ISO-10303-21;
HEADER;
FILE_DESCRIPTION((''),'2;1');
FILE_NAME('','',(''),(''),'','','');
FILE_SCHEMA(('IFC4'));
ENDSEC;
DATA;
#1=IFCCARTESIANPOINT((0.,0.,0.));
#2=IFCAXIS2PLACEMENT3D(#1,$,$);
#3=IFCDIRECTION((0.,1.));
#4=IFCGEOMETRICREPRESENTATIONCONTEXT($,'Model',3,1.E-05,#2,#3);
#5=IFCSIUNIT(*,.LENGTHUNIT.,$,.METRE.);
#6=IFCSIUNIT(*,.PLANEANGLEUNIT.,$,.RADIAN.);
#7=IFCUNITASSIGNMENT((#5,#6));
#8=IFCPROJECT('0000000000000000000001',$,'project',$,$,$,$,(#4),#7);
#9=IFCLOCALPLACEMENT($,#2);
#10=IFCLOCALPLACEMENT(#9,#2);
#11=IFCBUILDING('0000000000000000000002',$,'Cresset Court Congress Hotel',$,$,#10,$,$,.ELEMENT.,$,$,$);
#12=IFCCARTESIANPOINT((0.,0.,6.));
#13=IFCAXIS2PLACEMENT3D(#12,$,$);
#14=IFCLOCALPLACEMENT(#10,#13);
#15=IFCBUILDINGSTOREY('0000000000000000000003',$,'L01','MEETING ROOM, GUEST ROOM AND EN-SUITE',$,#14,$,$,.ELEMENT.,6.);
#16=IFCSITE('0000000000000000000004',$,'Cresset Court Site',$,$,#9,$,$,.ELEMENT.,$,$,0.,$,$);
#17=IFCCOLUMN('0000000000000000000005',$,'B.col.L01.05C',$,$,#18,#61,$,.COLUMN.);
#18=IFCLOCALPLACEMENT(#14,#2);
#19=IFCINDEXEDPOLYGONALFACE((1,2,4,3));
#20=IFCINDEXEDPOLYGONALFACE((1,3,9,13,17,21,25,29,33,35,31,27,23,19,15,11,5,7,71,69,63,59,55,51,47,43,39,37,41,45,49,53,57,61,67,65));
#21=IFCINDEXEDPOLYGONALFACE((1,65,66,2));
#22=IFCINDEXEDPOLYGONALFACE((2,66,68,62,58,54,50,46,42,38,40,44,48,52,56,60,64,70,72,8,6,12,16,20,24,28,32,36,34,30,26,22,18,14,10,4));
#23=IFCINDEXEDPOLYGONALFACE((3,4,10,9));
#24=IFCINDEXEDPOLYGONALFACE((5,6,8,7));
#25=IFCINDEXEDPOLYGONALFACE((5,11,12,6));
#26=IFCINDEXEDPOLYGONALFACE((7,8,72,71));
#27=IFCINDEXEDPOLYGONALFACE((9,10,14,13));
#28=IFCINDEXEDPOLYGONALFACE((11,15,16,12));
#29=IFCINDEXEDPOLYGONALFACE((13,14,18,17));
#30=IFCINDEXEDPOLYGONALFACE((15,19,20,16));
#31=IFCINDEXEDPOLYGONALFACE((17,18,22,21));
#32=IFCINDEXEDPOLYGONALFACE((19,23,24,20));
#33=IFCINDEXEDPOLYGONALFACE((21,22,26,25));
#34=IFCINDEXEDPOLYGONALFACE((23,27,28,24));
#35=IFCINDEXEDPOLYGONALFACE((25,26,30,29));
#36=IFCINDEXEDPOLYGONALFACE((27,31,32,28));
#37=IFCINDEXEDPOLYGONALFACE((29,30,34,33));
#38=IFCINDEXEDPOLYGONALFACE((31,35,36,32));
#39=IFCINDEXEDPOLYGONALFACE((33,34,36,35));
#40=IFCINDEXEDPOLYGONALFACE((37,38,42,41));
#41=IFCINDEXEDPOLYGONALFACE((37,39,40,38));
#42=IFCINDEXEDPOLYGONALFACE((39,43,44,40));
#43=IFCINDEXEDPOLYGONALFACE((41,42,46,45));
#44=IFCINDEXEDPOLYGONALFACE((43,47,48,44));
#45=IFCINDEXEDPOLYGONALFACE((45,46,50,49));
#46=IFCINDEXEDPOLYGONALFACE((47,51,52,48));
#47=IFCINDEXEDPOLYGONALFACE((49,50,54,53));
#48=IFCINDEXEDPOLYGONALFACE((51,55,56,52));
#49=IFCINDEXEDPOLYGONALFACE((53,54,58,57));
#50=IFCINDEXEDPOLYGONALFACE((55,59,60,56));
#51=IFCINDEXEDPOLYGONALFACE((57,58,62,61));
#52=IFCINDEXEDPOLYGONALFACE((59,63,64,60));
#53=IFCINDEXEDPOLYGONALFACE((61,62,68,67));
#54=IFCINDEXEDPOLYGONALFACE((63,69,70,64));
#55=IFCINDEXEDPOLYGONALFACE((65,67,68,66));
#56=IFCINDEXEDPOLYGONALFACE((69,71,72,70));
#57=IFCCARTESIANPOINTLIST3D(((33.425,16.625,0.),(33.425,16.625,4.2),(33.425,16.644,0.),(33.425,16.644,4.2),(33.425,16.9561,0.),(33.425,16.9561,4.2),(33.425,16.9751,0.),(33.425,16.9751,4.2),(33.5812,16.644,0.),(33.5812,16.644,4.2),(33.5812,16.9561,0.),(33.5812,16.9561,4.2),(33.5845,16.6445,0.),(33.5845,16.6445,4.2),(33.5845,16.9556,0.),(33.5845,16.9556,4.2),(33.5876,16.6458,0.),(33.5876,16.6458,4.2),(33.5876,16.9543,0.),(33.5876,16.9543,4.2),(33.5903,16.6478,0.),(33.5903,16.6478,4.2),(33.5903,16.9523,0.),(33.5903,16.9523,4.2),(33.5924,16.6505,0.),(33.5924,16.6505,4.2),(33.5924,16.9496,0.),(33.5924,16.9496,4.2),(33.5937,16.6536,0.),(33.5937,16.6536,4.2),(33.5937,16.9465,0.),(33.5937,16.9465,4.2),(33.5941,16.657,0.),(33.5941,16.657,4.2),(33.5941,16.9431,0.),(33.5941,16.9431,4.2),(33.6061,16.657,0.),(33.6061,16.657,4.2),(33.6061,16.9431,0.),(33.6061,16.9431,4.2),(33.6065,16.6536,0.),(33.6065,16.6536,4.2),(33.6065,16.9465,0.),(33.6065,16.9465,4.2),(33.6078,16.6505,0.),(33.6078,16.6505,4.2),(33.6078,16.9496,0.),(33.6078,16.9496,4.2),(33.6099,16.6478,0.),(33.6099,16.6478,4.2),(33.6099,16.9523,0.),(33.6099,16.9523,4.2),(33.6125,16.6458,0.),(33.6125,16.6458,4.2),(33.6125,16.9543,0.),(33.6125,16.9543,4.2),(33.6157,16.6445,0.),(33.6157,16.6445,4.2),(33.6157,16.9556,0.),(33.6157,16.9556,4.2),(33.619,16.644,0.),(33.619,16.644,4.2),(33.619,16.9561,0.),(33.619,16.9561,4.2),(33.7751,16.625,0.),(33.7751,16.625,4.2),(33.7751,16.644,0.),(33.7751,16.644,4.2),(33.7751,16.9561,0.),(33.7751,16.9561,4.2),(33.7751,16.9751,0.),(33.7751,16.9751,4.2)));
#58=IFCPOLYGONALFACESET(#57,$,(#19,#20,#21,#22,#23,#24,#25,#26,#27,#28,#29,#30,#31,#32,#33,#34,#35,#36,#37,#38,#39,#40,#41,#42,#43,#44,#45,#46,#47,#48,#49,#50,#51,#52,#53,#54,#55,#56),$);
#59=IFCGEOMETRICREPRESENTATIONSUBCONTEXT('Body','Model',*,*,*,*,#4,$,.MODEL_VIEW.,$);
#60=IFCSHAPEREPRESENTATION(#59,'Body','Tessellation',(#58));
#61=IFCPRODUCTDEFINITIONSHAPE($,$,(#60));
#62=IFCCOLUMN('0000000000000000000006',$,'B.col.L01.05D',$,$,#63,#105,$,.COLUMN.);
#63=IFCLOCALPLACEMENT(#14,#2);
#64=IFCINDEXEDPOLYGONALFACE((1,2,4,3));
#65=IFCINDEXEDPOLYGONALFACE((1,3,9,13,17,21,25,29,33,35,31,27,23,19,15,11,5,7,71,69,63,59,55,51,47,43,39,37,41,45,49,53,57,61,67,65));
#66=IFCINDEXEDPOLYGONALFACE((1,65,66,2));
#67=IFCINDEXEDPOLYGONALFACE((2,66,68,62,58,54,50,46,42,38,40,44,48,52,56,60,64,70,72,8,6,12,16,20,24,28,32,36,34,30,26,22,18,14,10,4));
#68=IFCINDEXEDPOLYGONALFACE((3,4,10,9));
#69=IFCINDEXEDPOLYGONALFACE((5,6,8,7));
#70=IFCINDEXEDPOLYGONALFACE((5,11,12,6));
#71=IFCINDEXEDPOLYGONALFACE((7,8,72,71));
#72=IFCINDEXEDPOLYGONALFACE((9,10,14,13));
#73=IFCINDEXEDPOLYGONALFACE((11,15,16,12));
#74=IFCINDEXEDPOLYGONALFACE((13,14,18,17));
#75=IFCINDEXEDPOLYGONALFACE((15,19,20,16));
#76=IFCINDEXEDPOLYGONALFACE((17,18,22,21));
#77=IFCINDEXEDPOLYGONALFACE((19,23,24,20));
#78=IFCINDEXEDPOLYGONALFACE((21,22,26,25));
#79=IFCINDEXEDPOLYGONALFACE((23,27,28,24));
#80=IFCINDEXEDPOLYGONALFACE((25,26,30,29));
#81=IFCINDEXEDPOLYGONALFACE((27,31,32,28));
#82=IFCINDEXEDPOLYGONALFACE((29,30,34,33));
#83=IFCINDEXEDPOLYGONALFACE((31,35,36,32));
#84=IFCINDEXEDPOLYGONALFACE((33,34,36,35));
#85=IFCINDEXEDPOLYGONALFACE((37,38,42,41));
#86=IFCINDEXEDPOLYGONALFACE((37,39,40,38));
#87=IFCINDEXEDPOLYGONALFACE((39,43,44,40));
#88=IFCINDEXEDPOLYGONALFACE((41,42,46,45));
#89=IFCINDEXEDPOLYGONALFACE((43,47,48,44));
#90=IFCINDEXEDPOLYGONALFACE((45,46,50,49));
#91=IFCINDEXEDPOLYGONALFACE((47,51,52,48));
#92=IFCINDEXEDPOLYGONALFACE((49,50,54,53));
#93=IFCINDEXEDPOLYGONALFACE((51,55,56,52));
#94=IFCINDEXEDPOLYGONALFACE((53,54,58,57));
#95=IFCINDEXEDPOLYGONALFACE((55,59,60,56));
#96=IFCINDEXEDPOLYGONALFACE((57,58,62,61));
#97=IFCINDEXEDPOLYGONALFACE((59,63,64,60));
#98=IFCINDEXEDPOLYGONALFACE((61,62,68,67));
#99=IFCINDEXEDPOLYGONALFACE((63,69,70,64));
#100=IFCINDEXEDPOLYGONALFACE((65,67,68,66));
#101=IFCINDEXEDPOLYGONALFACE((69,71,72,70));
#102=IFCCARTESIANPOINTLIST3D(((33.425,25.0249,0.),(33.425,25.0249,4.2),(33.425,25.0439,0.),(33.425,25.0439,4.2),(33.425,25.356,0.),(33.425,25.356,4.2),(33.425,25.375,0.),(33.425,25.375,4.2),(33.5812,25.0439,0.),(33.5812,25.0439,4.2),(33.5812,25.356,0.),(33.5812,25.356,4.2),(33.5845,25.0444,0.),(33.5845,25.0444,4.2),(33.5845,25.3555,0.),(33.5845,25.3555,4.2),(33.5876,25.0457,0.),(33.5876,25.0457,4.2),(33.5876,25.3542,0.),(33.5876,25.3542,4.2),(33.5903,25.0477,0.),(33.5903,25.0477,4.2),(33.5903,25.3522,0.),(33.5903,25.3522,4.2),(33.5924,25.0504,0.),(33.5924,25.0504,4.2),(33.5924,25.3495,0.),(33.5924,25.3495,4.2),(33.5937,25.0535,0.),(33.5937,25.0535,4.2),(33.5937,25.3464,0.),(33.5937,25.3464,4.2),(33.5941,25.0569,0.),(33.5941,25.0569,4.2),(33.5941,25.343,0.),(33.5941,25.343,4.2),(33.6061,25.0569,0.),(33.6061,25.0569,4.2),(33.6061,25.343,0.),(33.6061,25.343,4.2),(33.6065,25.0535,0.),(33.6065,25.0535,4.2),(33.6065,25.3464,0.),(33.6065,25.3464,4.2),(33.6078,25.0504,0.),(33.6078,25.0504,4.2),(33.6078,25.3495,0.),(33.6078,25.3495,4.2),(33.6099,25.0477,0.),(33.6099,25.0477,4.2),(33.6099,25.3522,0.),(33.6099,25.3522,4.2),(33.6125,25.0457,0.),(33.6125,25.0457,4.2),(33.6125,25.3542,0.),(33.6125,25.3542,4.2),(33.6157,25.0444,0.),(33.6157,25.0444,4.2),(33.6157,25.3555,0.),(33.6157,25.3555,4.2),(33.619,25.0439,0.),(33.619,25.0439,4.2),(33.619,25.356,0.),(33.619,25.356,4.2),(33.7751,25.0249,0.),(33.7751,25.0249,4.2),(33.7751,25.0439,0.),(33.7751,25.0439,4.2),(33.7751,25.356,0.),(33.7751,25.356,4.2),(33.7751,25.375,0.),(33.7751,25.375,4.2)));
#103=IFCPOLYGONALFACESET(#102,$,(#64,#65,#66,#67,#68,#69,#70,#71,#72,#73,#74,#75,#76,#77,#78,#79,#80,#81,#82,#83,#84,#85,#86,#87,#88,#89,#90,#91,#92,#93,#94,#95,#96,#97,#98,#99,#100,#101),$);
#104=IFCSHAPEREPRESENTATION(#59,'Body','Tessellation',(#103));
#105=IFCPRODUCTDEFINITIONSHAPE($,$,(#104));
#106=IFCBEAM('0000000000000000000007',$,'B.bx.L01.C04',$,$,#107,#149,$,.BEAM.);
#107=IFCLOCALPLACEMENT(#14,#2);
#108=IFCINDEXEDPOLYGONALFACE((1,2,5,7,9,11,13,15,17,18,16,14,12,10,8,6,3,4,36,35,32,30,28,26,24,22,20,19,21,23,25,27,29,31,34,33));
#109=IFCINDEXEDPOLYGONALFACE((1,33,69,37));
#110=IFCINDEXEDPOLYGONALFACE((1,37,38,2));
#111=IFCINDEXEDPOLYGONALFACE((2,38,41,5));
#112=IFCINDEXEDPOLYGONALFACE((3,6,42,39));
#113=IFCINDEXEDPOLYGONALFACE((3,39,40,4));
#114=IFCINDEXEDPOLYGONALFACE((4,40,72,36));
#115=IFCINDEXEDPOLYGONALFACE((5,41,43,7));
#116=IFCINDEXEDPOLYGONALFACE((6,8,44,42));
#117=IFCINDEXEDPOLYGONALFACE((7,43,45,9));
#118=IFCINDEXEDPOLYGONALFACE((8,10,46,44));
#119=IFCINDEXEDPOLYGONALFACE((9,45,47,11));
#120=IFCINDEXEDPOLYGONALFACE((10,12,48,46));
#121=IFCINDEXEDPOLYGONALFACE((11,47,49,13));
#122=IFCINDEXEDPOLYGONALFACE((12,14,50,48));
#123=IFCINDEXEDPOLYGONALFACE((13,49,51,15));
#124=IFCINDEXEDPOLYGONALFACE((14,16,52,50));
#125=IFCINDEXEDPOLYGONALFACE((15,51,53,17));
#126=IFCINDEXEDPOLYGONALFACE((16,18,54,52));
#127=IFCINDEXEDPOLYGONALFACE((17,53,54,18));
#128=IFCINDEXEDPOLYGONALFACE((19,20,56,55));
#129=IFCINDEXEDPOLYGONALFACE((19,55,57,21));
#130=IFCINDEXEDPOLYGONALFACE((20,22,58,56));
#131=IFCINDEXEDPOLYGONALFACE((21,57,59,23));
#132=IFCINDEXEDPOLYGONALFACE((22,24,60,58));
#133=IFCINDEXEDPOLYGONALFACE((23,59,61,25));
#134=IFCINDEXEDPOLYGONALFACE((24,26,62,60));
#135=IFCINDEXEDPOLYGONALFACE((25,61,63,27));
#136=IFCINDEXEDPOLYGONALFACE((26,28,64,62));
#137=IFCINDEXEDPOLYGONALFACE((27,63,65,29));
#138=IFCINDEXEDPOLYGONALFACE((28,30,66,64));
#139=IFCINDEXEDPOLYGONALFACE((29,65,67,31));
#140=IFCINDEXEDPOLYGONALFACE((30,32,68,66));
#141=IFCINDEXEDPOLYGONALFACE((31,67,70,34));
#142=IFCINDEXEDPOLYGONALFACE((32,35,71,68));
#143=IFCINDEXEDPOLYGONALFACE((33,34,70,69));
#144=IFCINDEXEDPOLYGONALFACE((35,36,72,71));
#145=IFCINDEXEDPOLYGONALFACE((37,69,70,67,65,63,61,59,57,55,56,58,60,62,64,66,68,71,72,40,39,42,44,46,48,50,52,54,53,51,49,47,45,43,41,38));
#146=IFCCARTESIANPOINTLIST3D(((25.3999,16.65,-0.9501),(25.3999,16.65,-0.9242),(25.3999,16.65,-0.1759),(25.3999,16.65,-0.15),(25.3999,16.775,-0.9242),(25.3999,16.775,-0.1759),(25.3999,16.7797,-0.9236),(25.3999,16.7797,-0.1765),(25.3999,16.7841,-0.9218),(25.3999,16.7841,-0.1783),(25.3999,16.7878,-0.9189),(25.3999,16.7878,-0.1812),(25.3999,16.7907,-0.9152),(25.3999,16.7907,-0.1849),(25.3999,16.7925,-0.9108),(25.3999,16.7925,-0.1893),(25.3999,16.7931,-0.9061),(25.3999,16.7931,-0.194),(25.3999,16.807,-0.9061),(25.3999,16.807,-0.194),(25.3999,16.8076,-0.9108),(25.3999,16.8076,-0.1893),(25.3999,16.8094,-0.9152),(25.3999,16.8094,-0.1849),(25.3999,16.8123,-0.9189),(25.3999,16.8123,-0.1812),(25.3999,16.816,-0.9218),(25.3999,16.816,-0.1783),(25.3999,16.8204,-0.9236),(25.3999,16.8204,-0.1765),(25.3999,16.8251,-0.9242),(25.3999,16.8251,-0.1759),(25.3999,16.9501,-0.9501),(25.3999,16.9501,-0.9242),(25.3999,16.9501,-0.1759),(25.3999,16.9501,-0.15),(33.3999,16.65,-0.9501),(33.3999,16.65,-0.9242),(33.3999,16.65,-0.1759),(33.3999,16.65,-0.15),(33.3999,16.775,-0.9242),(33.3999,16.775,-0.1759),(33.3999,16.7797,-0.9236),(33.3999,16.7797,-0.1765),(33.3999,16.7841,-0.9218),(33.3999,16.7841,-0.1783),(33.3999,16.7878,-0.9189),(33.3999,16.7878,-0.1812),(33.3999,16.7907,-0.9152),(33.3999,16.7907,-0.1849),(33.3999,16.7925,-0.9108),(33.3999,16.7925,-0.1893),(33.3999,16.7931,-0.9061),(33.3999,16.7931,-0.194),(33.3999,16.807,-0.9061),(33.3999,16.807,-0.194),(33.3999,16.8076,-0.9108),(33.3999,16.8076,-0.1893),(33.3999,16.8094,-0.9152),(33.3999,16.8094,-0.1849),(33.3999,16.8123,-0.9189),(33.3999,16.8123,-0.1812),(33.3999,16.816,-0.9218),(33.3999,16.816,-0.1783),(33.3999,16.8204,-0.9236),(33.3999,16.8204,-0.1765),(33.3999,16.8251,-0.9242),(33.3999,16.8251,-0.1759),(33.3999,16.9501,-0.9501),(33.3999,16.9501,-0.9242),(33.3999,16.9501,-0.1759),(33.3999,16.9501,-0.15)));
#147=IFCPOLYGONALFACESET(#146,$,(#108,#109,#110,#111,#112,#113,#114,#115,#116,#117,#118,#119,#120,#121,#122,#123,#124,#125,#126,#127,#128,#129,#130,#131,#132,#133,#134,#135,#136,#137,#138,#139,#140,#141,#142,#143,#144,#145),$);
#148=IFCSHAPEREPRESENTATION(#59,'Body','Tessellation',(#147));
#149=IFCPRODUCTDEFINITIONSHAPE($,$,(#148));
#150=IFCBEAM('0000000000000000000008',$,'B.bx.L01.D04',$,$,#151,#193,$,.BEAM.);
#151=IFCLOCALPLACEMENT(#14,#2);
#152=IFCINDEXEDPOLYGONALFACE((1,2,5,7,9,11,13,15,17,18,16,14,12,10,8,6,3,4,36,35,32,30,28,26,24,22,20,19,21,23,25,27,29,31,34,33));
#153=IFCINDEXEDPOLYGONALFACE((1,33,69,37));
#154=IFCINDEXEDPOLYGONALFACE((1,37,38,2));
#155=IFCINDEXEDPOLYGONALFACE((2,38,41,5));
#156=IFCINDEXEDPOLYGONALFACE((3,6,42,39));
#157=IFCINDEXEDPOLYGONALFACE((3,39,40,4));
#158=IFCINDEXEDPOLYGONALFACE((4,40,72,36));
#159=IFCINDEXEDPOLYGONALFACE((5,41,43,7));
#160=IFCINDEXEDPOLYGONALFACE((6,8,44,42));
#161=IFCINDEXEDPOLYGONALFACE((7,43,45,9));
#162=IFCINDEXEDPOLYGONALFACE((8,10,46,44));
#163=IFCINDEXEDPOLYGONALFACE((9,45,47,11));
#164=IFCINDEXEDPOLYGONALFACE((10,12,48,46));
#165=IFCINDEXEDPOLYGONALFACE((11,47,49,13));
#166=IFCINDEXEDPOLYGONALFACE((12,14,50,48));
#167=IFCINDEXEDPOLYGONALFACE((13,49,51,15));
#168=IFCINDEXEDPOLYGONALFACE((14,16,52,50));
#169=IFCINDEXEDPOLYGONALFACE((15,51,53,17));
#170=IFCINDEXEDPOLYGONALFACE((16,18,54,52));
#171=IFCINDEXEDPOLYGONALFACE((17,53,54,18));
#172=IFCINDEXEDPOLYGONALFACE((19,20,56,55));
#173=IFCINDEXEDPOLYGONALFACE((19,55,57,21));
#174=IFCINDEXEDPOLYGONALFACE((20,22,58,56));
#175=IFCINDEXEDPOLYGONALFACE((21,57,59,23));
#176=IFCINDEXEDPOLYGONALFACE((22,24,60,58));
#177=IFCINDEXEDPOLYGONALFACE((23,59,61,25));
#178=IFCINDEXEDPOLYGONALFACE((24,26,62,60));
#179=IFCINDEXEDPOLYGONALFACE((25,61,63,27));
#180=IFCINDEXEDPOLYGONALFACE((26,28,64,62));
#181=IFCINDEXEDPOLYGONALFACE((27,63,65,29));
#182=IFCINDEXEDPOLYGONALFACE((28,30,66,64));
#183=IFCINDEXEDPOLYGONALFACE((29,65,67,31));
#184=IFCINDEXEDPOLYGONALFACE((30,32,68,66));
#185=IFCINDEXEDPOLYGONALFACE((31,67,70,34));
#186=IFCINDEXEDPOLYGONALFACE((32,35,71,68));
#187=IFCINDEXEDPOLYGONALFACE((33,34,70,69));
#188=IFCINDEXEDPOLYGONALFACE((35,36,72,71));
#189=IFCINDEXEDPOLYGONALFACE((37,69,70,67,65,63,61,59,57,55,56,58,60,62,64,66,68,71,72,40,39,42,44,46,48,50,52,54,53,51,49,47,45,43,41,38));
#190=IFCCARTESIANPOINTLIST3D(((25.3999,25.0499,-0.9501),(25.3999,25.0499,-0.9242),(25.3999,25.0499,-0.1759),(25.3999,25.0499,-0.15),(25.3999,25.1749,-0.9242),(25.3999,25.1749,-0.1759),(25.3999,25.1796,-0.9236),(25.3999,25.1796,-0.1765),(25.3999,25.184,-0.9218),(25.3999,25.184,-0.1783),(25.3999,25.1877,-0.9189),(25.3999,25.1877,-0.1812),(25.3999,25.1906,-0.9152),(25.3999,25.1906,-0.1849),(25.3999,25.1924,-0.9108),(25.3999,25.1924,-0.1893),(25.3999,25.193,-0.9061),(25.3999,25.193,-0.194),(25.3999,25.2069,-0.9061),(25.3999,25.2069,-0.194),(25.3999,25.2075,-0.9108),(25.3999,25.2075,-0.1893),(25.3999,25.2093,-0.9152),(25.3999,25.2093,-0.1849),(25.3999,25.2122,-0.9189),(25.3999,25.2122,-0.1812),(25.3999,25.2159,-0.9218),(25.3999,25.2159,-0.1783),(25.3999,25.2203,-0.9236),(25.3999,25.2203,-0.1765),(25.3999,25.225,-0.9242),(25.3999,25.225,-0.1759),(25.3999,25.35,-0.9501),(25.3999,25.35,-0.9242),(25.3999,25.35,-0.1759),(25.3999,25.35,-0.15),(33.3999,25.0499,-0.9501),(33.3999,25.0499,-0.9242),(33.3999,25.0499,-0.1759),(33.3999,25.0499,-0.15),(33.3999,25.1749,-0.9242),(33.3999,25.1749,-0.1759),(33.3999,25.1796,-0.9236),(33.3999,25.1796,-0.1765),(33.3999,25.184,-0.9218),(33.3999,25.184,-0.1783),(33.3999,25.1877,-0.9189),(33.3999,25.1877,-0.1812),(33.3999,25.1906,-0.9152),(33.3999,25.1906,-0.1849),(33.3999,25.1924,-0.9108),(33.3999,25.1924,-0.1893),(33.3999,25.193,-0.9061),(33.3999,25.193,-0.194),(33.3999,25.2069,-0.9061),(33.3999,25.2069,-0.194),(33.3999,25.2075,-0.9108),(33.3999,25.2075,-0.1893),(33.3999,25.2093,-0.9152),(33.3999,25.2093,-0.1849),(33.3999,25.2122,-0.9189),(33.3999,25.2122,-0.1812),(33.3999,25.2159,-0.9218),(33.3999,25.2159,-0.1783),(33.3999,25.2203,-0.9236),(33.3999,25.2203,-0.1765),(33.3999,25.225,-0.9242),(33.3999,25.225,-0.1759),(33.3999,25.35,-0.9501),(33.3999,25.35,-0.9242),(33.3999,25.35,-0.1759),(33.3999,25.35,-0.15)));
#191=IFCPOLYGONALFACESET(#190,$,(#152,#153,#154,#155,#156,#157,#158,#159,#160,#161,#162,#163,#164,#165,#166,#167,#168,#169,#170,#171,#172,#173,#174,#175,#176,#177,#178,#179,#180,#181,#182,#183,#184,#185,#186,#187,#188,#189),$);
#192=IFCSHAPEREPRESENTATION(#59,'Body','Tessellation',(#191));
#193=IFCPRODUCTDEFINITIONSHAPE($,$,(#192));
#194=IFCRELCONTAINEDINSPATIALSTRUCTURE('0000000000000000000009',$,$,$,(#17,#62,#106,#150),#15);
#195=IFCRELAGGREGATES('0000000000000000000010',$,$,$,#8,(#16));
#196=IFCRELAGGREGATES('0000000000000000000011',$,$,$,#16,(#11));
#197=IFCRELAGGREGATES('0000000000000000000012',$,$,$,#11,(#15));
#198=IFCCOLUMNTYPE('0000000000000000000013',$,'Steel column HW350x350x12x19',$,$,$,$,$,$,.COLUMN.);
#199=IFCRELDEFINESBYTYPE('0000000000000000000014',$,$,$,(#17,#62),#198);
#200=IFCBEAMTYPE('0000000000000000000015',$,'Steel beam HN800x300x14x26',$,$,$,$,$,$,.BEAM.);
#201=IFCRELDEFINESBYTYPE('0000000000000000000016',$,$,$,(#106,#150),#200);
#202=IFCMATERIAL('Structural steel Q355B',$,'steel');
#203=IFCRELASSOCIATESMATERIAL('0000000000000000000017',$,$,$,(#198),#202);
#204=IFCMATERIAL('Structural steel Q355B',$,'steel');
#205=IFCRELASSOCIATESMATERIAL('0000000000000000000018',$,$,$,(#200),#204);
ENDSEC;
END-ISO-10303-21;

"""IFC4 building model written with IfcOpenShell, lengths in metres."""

from ifc_helpers import new_model, si_unit, direction, frame, origin, origin_2d, place, context, subcontext, project, spatial, i_section, extrude, material, material_profile, profile_set, type_object, element, save


model = new_model("IFC4")

# Units and contexts
model_context = context("Model", 3, precision=1e-05, world=origin(), true_north=direction((0.0, 1.0)))
body_context = subcontext(model_context, "Body", "Model", "MODEL_VIEW")
ifc_project = project(units=[si_unit("LENGTHUNIT", "METRE"), si_unit("PLANEANGLEUNIT", "RADIAN")], contexts=[model_context])

# Site, building, storey
site_placement = place(None, origin())
site = spatial("IfcSite", under=ifc_project, at=site_placement, Name="Cresset Court Site", CompositionType="ELEMENT", RefElevation=0.0)
building_placement = place(site_placement, origin())
building = spatial("IfcBuilding", under=site, at=building_placement, Name="Cresset Court Congress Hotel", CompositionType="ELEMENT")
storey_placement = place(building_placement, frame((0.0, 0.0, 6.0)))
storey = spatial("IfcBuildingStorey", under=building, at=storey_placement, Name="L01", Description="MEETING ROOM, GUEST ROOM AND EN-SUITE", CompositionType="ELEMENT", Elevation=6.0)

# Columns
ifc_material_1 = material(Name="Structural steel Q355B", Category="steel")
ifc_material_profile_1 = material_profile(ifc_material_1, i_section(OverallWidth=0.3501, OverallDepth=0.3501, WebThickness=0.012, FlangeThickness=0.019, FilletRadius=0.0129, at=origin_2d()), Name="HW350x350x12x19")
ifc_profile_set_1 = profile_set([ifc_material_profile_1], Name="Structural steel Q355B")
column_type = type_object("IfcColumnType", Name="Steel column HW350x350x12x19", PredefinedType="COLUMN", material=ifc_profile_set_1)
for number, where, z_axis, x_axis, name in (
    (1, (33.6001, 16.8, 0.0), (0.0, 0.0, 1.0), (1.0, 0.0, 0.0), "B.col.L01.05C"),
    (2, (33.6001, 25.2, 0.0), (0.0, 0.0, 1.0), (1.0, 0.0, 0.0), "B.col.L01.05D"),
):
    element("IfcColumn", number, at=place(storey_placement, frame(where, z_axis=z_axis, x_axis=x_axis)), inside=storey, type_object=column_type, Name=name, PredefinedType="COLUMN", context=body_context, shape_type="SweptSolid", body=[
        extrude(i_section(OverallWidth=0.3501, OverallDepth=0.3501, WebThickness=0.012, FlangeThickness=0.019, FilletRadius=0.0129, at=origin_2d()), origin(), (0.0, 0.0, 1.0), 4.2),
    ])

# Beams
ifc_material_2 = material(Name="Structural steel Q355B", Category="steel")
ifc_material_profile_2 = material_profile(ifc_material_2, i_section(OverallWidth=0.3, OverallDepth=0.8, WebThickness=0.0139, FlangeThickness=0.0259, FilletRadius=0.0181, at=origin_2d()), Name="HN800x300x14x26")
ifc_profile_set_2 = profile_set([ifc_material_profile_2], Name="Structural steel Q355B")
beam_type_1 = type_object("IfcBeamType", Name="Steel beam HN800x300x14x26", PredefinedType="BEAM", material=ifc_profile_set_2)
for number, where, z_axis, x_axis, name in (
    (3, (25.3999, 16.8, -0.55), (1.0, 0.0, 0.0), (0.0, 1.0, 0.0), "B.bx.L01.C04"),
    (4, (25.3999, 25.2, -0.55), (1.0, 0.0, 0.0), (0.0, 1.0, 0.0), "B.bx.L01.D04"),
):
    element("IfcBeam", number, at=place(storey_placement, frame(where, z_axis=z_axis, x_axis=x_axis)), inside=storey, type_object=beam_type_1, Name=name, PredefinedType="BEAM", context=body_context, shape_type="SweptSolid", body=[
        extrude(i_section(OverallWidth=0.3, OverallDepth=0.8, WebThickness=0.0139, FlangeThickness=0.0259, FilletRadius=0.0181, at=origin_2d()), origin(), (0.0, 0.0, 1.0), 8.0),
    ])

save(model, "model.ifc")
